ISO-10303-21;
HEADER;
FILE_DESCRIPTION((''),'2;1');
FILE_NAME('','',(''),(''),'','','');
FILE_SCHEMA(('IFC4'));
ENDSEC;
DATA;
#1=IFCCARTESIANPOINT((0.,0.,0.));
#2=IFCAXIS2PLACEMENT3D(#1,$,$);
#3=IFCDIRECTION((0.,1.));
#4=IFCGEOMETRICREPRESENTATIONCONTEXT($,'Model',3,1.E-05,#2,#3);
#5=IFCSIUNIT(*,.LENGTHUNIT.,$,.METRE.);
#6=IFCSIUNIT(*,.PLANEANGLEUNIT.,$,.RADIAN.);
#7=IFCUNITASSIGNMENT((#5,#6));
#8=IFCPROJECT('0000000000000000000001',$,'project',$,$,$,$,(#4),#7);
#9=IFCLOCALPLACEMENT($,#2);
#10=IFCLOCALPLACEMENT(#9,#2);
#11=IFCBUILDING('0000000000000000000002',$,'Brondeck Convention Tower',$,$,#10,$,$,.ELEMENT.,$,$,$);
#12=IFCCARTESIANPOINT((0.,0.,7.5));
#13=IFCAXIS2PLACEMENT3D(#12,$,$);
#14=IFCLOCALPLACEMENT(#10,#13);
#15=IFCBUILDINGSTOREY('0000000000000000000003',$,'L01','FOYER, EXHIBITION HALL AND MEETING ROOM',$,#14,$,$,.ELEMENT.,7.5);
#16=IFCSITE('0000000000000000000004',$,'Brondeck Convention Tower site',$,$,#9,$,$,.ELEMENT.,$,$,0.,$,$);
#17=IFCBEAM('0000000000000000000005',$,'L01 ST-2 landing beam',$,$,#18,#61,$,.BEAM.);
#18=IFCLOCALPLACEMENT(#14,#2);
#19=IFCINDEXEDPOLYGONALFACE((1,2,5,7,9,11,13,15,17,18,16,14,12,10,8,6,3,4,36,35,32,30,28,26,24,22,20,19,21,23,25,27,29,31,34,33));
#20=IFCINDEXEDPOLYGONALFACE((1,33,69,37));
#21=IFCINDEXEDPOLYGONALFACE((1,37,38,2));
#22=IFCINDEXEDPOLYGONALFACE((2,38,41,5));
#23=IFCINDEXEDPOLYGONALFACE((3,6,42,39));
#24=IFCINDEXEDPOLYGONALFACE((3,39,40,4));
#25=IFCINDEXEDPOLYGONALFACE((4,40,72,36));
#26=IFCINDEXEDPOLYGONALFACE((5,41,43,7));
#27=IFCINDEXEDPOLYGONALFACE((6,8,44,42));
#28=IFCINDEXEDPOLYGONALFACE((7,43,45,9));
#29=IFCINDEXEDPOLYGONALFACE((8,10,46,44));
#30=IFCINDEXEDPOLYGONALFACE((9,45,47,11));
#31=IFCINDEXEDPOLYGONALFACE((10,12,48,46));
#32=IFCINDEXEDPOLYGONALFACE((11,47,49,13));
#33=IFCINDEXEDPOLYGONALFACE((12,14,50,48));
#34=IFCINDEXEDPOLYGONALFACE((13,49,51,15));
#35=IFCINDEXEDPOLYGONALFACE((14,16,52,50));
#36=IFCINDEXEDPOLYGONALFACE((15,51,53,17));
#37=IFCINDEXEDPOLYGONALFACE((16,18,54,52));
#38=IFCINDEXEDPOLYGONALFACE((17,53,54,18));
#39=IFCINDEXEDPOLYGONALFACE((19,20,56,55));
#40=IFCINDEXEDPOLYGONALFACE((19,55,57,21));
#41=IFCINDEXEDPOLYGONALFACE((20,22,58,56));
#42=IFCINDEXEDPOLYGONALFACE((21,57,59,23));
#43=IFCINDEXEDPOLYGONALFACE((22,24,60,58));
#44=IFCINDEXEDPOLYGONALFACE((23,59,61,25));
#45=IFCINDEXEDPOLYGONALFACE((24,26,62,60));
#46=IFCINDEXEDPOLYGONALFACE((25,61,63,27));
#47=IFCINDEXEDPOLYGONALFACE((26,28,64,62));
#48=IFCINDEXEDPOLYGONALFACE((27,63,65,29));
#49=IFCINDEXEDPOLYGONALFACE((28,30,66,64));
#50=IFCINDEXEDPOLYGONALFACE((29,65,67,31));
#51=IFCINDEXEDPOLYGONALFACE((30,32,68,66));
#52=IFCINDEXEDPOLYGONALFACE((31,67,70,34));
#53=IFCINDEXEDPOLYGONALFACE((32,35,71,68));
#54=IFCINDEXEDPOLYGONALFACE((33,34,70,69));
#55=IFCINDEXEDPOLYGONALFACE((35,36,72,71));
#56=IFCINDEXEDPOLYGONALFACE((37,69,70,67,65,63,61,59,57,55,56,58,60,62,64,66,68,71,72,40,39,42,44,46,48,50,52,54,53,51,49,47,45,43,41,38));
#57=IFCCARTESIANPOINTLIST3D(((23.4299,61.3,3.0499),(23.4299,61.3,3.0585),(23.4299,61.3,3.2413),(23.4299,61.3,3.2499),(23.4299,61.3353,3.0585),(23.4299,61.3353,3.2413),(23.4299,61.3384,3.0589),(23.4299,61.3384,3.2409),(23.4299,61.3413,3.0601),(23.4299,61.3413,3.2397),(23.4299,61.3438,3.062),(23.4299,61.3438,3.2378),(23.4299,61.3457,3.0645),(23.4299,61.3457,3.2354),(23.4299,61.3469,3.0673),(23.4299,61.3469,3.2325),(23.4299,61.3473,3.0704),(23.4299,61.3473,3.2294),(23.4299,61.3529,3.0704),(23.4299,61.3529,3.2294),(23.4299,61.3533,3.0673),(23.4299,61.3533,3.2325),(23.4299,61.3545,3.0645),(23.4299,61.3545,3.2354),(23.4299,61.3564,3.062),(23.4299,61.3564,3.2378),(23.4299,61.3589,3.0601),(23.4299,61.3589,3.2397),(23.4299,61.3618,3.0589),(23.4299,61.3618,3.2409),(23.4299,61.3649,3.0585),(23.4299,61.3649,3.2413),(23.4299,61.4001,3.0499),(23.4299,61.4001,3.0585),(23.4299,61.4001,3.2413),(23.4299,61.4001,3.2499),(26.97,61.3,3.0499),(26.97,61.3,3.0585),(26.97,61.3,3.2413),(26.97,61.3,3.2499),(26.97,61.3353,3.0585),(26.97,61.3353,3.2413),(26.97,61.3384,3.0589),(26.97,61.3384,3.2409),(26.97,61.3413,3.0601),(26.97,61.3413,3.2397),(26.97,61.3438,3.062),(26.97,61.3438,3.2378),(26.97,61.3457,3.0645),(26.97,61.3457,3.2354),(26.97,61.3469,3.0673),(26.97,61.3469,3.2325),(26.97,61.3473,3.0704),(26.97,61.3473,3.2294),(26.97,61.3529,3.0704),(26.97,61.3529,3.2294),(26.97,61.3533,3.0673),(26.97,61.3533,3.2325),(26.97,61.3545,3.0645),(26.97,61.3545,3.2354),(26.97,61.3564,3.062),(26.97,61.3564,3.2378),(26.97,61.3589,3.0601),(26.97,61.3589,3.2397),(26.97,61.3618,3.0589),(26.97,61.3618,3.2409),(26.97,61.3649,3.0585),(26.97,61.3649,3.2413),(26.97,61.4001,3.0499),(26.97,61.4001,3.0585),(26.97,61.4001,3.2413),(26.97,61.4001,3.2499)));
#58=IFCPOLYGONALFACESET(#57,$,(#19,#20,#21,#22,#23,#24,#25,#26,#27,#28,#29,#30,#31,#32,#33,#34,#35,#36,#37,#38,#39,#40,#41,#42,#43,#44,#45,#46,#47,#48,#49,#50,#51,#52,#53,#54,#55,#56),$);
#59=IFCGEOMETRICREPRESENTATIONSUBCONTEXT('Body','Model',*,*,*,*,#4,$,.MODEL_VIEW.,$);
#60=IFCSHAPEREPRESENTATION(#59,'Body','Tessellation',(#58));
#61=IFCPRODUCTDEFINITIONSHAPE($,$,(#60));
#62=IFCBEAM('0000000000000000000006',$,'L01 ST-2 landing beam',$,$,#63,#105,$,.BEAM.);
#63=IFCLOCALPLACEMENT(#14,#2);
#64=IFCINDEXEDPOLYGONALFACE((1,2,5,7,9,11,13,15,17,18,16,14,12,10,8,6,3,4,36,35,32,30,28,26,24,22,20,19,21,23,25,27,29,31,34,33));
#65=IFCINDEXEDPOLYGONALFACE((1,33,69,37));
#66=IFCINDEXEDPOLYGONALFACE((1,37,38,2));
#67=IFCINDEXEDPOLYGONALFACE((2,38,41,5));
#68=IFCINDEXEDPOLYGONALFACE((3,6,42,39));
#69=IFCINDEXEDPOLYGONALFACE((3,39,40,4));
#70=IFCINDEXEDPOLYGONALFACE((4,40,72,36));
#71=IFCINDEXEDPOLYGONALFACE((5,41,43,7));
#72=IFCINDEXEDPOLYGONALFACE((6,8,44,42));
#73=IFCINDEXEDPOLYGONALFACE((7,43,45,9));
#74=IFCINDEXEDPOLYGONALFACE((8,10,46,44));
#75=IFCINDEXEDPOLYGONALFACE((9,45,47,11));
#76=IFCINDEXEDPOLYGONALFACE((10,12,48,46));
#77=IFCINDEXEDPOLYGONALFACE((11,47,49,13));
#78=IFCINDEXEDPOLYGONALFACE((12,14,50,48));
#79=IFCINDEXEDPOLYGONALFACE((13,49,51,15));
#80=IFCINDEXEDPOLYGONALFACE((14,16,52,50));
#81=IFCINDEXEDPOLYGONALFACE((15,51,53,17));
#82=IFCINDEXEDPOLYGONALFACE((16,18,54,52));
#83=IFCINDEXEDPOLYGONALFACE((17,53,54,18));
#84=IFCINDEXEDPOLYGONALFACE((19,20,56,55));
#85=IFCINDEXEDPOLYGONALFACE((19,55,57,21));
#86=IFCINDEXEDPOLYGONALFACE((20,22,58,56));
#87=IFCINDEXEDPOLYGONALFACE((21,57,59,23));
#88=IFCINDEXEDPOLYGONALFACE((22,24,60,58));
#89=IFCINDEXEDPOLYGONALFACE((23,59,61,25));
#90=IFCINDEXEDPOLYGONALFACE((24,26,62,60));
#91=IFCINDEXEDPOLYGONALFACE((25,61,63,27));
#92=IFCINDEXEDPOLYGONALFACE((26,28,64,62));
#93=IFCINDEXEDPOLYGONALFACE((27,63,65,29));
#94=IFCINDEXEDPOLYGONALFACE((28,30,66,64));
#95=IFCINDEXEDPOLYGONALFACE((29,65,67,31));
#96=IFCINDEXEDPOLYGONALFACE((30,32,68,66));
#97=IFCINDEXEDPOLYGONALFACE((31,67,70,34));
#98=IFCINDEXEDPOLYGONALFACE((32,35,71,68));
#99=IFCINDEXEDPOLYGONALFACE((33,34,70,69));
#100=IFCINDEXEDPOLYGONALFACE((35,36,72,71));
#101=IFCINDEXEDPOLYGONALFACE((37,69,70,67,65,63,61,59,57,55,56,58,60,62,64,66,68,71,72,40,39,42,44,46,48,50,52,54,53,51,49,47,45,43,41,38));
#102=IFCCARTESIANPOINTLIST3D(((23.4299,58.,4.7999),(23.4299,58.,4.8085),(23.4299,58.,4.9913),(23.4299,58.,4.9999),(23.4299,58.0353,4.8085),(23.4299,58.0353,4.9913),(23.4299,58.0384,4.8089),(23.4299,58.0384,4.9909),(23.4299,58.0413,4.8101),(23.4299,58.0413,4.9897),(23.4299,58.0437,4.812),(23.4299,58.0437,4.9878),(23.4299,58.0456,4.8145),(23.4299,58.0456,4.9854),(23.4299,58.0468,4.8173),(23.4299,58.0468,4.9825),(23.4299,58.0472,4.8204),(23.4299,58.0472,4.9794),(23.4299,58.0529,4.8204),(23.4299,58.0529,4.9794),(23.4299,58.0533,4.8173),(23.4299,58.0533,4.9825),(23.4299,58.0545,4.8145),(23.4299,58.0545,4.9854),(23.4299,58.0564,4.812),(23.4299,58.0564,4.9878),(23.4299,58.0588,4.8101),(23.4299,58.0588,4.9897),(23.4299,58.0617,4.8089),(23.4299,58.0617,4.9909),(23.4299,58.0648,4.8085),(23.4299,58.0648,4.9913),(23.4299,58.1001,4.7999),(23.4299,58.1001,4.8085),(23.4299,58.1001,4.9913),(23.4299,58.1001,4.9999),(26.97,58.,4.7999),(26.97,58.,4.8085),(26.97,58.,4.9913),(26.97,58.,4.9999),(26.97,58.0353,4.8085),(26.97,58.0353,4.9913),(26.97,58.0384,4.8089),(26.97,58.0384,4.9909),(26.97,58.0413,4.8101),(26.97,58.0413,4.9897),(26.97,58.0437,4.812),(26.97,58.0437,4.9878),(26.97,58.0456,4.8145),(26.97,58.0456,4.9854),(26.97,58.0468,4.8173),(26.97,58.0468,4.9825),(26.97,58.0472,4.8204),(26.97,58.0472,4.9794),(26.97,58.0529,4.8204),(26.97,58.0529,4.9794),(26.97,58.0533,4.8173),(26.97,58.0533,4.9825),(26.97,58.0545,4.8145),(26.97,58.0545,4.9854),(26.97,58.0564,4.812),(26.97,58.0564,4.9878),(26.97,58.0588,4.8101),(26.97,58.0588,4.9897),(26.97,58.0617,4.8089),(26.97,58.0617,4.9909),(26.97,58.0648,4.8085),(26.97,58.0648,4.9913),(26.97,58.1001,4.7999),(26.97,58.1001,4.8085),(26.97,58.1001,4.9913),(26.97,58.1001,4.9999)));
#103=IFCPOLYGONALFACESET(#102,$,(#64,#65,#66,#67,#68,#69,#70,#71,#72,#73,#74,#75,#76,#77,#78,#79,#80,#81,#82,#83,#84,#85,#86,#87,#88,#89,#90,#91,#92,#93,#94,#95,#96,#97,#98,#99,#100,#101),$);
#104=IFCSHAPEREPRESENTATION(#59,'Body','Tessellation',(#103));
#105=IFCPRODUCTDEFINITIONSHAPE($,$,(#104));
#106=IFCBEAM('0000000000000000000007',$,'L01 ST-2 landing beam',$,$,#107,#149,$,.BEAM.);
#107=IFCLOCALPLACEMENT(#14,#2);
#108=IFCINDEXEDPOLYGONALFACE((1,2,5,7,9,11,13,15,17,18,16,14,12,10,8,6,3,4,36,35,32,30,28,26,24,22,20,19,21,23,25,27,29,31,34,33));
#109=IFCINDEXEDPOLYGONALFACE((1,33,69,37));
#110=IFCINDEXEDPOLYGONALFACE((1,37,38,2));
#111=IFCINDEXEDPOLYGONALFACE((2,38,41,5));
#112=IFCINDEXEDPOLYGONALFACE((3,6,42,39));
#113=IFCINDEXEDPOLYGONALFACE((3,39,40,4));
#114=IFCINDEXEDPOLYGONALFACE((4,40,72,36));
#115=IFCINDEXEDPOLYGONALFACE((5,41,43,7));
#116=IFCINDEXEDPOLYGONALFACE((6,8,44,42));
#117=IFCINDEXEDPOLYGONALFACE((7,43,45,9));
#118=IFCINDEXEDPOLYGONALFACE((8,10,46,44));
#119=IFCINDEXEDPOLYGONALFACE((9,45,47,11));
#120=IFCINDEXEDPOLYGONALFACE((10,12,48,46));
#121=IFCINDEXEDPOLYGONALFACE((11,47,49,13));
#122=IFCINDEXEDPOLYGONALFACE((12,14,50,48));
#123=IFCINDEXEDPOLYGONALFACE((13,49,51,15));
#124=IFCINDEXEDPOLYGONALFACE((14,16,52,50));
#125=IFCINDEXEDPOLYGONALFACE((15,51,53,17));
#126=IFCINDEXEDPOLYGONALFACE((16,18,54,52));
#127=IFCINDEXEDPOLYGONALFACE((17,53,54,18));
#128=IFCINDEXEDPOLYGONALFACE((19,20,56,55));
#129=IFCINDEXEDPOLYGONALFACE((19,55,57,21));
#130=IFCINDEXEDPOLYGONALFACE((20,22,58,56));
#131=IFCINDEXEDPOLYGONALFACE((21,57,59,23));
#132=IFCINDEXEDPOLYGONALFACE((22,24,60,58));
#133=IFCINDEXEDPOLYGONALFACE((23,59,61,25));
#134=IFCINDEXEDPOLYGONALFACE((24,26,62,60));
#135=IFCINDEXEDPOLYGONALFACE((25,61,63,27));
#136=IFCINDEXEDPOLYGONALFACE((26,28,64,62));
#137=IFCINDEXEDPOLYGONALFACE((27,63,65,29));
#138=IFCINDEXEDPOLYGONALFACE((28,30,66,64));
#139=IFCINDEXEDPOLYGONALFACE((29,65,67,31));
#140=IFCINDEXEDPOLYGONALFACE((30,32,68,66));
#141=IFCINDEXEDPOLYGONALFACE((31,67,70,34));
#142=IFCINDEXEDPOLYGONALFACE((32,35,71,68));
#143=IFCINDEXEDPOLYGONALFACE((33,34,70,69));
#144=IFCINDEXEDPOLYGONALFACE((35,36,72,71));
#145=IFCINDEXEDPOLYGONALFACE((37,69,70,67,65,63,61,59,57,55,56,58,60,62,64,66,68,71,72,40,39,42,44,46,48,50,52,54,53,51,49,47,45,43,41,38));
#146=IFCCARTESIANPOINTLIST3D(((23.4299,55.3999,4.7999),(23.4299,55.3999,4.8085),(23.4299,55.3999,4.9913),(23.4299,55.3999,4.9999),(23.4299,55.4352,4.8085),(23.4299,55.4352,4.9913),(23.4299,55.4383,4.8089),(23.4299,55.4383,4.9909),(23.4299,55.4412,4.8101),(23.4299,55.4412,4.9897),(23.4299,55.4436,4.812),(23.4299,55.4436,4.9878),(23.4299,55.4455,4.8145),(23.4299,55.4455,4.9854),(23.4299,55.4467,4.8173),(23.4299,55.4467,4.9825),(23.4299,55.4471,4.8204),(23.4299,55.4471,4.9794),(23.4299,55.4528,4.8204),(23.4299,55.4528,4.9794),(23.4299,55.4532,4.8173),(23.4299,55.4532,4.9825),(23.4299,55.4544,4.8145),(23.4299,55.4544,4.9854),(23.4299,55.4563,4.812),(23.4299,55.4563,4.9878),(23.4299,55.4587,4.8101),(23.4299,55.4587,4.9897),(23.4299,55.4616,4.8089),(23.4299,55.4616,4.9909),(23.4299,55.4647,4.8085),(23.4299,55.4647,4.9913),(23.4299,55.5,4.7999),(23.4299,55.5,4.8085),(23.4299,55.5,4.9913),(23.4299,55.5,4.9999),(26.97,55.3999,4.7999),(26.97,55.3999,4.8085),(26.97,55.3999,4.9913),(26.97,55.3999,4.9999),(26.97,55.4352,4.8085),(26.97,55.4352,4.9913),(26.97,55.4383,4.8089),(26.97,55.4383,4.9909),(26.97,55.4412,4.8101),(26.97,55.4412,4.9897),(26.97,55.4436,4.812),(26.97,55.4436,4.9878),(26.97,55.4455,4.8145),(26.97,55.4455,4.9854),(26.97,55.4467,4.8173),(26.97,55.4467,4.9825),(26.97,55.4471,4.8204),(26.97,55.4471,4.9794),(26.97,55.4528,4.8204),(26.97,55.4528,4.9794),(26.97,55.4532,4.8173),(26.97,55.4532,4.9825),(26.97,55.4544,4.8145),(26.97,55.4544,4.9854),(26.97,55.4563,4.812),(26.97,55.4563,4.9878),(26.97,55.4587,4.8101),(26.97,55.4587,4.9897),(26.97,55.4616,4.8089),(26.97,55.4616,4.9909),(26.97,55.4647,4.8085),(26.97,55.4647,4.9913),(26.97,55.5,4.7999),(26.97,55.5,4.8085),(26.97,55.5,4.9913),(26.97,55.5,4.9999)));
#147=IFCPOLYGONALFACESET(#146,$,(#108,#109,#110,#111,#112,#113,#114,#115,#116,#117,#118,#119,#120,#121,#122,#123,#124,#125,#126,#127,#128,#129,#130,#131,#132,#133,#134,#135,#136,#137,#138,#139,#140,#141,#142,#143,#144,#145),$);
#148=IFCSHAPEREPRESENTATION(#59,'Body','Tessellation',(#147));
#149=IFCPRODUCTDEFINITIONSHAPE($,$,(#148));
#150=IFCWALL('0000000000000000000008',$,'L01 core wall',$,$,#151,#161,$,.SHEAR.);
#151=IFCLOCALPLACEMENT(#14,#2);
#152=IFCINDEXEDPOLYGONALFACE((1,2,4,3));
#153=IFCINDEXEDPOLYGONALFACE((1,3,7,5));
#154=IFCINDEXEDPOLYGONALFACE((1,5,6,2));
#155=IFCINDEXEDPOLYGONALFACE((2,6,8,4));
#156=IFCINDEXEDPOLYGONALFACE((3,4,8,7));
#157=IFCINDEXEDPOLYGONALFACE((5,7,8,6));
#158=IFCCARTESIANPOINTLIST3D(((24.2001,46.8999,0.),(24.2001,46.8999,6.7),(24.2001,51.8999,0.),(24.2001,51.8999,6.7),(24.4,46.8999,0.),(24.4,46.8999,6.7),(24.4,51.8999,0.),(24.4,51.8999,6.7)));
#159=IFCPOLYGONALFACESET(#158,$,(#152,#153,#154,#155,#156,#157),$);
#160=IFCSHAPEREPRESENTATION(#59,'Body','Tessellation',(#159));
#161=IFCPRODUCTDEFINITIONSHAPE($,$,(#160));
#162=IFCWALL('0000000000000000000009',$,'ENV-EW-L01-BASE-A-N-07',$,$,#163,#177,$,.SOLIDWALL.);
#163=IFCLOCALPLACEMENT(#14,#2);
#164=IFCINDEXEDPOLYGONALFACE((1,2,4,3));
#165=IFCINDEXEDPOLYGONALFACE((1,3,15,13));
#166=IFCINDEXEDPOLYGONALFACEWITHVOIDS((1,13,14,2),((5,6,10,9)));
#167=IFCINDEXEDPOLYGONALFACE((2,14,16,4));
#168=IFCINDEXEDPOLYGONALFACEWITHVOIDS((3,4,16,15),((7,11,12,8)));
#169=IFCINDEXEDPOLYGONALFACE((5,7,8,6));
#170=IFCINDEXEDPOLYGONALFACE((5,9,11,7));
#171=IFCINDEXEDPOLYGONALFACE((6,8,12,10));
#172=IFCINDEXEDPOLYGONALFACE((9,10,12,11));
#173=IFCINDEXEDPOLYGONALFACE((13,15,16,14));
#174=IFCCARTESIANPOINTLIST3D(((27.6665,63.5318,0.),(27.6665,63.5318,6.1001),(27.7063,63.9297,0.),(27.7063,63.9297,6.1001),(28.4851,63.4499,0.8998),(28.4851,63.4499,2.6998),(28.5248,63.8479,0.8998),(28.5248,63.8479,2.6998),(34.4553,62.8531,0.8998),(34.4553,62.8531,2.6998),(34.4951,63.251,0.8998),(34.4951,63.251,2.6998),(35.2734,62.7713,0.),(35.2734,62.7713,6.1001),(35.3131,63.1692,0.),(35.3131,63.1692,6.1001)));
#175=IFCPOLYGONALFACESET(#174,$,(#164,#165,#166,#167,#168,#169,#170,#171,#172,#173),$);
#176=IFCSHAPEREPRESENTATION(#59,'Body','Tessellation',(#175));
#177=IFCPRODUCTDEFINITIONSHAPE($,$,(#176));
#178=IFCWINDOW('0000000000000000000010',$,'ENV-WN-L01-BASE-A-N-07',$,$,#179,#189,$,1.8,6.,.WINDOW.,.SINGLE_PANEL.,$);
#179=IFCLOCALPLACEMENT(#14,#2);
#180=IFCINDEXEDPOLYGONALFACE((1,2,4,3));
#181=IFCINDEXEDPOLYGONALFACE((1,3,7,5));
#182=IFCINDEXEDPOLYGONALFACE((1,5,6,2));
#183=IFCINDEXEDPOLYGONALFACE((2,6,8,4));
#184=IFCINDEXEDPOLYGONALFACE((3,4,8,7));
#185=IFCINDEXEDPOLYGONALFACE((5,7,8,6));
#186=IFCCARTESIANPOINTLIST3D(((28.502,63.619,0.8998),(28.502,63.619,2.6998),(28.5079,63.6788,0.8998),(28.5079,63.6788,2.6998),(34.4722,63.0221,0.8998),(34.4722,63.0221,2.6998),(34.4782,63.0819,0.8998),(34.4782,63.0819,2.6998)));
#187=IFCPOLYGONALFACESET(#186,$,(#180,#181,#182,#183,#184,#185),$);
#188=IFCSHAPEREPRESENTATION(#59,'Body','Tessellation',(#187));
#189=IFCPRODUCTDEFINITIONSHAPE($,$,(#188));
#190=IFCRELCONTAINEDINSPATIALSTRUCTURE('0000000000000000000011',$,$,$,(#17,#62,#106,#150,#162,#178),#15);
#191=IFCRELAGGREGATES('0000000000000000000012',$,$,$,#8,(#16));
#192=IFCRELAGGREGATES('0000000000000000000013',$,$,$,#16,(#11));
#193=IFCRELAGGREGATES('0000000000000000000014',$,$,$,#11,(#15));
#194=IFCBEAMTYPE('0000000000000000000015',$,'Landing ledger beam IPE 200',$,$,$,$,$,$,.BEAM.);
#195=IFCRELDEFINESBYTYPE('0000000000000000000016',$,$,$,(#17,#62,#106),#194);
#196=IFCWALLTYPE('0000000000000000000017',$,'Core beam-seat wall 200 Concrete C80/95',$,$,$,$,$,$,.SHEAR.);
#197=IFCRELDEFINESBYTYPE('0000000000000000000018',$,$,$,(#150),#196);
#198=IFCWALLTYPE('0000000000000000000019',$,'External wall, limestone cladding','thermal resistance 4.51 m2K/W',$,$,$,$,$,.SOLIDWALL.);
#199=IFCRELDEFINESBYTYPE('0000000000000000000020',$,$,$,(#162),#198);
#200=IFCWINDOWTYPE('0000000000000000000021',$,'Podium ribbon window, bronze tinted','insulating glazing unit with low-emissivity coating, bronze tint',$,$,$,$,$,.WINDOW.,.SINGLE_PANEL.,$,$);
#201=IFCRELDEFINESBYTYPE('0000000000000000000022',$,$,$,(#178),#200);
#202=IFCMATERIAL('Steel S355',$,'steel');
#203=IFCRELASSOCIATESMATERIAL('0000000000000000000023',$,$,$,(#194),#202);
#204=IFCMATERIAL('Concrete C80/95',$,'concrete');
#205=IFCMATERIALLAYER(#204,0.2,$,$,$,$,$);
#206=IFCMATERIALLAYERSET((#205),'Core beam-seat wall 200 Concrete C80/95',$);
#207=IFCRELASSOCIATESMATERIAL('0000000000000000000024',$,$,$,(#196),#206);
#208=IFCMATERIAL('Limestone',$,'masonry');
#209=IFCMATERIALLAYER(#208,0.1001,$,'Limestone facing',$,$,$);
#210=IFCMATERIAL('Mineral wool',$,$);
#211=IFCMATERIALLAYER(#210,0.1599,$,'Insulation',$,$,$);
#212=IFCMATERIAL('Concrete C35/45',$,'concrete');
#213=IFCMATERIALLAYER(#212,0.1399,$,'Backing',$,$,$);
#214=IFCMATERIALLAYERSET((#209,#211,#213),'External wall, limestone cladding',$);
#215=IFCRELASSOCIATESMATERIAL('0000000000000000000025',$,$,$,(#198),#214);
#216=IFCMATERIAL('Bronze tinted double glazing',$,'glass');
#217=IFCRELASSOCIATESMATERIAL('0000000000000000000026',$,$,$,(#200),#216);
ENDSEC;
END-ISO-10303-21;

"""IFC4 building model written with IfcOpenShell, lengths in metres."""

from ifc_helpers import new_model, si_unit, direction, frame, frame_2d, origin, origin_2d, place, context, subcontext, project, spatial, rectangle, i_section, extrude, material, layer, layer_set, material_profile, profile_set, type_object, element, fill, save


model = new_model("IFC4")

# Units and contexts
model_context = context("Model", 3, precision=1e-05, world=origin(), true_north=direction((0.0, 1.0)))
body_context = subcontext(model_context, "Body", "Model", "MODEL_VIEW")
ifc_project = project(units=[si_unit("LENGTHUNIT", "METRE"), si_unit("PLANEANGLEUNIT", "RADIAN")], contexts=[model_context])

# Site, building, storey
site_placement = place(None, origin())
site = spatial("IfcSite", under=ifc_project, at=site_placement, Name="Brondeck Convention Tower site", CompositionType="ELEMENT", RefElevation=0.0)
building_placement = place(site_placement, origin())
building = spatial("IfcBuilding", under=site, at=building_placement, Name="Brondeck Convention Tower", CompositionType="ELEMENT")
storey_placement = place(building_placement, frame((0.0, 0.0, 7.5)))
storey = spatial("IfcBuildingStorey", under=building, at=storey_placement, Name="L01", Description="FOYER, EXHIBITION HALL AND MEETING ROOM", CompositionType="ELEMENT", Elevation=7.5)

# Shared definitions
ifc_material_1 = material(Name="Concrete C80/95", Category="concrete")

# Beams
ifc_material_2 = material(Name="Steel S355", Category="steel")
ifc_material_profile_1 = material_profile(ifc_material_2, i_section(OverallWidth=0.1001, OverallDepth=0.2, WebThickness=0.0056, FlangeThickness=0.0085, FilletRadius=0.012, at=origin_2d()), Name="IPE200")
ifc_profile_set_1 = profile_set([ifc_material_profile_1], Name="Steel S355")
beam_type_1 = type_object("IfcBeamType", Name="Landing ledger beam IPE 200", PredefinedType="BEAM", material=ifc_profile_set_1)
for number, where, z_axis, x_axis, name in (
    (1, (23.4299, 61.3501, 3.1499), (1.0, 0.0, 0.0), (0.0, 1.0, 0.0), "L01 ST-2 landing beam"),
    (2, (23.4299, 58.05, 4.8999), (1.0, 0.0, 0.0), (0.0, 1.0, 0.0), "L01 ST-2 landing beam"),
    (3, (23.4299, 55.45, 4.8999), (1.0, 0.0, 0.0), (0.0, 1.0, 0.0), "L01 ST-2 landing beam"),
):
    element("IfcBeam", number, at=place(storey_placement, frame(where, z_axis=z_axis, x_axis=x_axis)), inside=storey, type_object=beam_type_1, Name=name, PredefinedType="BEAM", context=body_context, shape_type="SweptSolid", body=[
        extrude(i_section(OverallWidth=0.1001, OverallDepth=0.2, WebThickness=0.0056, FlangeThickness=0.0085, FilletRadius=0.012, at=origin_2d()), origin(), (0.0, 0.0, 1.0), 3.54),
    ])

# Wall
ifc_layer_1 = layer(ifc_material_1, 0.2)
ifc_layer_set_1 = layer_set([ifc_layer_1], Name="Core beam-seat wall 200 Concrete C80/95")
wall_type_1 = type_object("IfcWallType", Name="Core beam-seat wall 200 Concrete C80/95", PredefinedType="SHEAR", material=ifc_layer_set_1)
wall_1_placement = place(storey_placement, frame((24.3, 46.8999, 0.0), z_axis=(0.0, 0.0, 1.0), x_axis=(0.0, 1.0, 0.0)))
element("IfcWall", 4, at=wall_1_placement, inside=storey, type_object=wall_type_1, Name="L01 core wall", PredefinedType="SHEAR", context=body_context, shape_type="SweptSolid", body=[
    extrude(rectangle(XDim=5.0, YDim=0.2, at=frame_2d((2.5, 0.0))), origin(), (0.0, 0.0, 1.0), 6.7),
])

# Wall, opening, window
ifc_material_3 = material(Name="Limestone", Category="masonry")
ifc_layer_2 = layer(ifc_material_3, 0.1001, Name="Limestone facing")
ifc_material_4 = material(Name="Mineral wool")
ifc_layer_3 = layer(ifc_material_4, 0.1599, Name="Insulation")
ifc_material_5 = material(Name="Concrete C35/45", Category="concrete")
ifc_layer_4 = layer(ifc_material_5, 0.1399, Name="Backing")
ifc_layer_set_2 = layer_set([ifc_layer_2, ifc_layer_3, ifc_layer_4], Name="External wall, limestone cladding")
wall_type_2 = type_object("IfcWallType", Name="External wall, limestone cladding", Description="thermal resistance 4.51 m2K/W", PredefinedType="SOLIDWALL", material=ifc_layer_set_2)
wall_2_placement = place(storey_placement, frame((27.6865, 63.7307, 0.0), z_axis=(0.0, 0.0, 1.0), x_axis=(0.99504, -0.099478, 0.0)))
wall_2 = element("IfcWall", 5, at=wall_2_placement, inside=storey, type_object=wall_type_2, Name="ENV-EW-L01-BASE-A-N-07", PredefinedType="SOLIDWALL", context=body_context, shape_type="SweptSolid", body=[
    extrude(rectangle(XDim=7.6448, YDim=0.3999, at=frame_2d((3.8223, 0.0))), origin(), (0.0, 0.0, 1.0), 6.1001),
])
opening_1_placement = place(wall_2_placement, frame((0.8225, 0.0, 0.8999)))
opening_1 = element("IfcOpeningElement", 6, at=opening_1_placement, cuts=wall_2, PredefinedType="OPENING", context=body_context, shape_type="SweptSolid", body=[
    extrude(rectangle(XDim=6.0, YDim=1.8, at=frame_2d((3.0, 0.8999))), frame((0.0, 0.21, 0.0), z_axis=(0.0, -1.0, 0.0), x_axis=(1.0, 0.0, 0.0)), (0.0, 0.0, 1.0), 0.4199),
])
ifc_material_6 = material(Name="Bronze tinted double glazing", Category="glass")
window_type = type_object("IfcWindowType", Name="Podium ribbon window, bronze tinted", Description="insulating glazing unit with low-emissivity coating, bronze tint", PartitioningType="SINGLE_PANEL", PredefinedType="WINDOW", material=ifc_material_6)
window_placement = place(opening_1_placement, origin())
window = element("IfcWindow", 7, at=window_placement, inside=storey, type_object=window_type, Name="ENV-WN-L01-BASE-A-N-07", OverallHeight=1.8, OverallWidth=6.0, PartitioningType="SINGLE_PANEL", PredefinedType="WINDOW", context=body_context, shape_type="SweptSolid", body=[
    extrude(rectangle(XDim=6.0, YDim=1.8, at=frame_2d((3.0, 0.8999))), frame((0.0, 0.03, 0.0), z_axis=(0.0, -1.0, 0.0), x_axis=(1.0, 0.0, 0.0)), (0.0, 0.0, 1.0), 0.0601),
])
fill(opening_1, window)

save(model, "model.ifc")
